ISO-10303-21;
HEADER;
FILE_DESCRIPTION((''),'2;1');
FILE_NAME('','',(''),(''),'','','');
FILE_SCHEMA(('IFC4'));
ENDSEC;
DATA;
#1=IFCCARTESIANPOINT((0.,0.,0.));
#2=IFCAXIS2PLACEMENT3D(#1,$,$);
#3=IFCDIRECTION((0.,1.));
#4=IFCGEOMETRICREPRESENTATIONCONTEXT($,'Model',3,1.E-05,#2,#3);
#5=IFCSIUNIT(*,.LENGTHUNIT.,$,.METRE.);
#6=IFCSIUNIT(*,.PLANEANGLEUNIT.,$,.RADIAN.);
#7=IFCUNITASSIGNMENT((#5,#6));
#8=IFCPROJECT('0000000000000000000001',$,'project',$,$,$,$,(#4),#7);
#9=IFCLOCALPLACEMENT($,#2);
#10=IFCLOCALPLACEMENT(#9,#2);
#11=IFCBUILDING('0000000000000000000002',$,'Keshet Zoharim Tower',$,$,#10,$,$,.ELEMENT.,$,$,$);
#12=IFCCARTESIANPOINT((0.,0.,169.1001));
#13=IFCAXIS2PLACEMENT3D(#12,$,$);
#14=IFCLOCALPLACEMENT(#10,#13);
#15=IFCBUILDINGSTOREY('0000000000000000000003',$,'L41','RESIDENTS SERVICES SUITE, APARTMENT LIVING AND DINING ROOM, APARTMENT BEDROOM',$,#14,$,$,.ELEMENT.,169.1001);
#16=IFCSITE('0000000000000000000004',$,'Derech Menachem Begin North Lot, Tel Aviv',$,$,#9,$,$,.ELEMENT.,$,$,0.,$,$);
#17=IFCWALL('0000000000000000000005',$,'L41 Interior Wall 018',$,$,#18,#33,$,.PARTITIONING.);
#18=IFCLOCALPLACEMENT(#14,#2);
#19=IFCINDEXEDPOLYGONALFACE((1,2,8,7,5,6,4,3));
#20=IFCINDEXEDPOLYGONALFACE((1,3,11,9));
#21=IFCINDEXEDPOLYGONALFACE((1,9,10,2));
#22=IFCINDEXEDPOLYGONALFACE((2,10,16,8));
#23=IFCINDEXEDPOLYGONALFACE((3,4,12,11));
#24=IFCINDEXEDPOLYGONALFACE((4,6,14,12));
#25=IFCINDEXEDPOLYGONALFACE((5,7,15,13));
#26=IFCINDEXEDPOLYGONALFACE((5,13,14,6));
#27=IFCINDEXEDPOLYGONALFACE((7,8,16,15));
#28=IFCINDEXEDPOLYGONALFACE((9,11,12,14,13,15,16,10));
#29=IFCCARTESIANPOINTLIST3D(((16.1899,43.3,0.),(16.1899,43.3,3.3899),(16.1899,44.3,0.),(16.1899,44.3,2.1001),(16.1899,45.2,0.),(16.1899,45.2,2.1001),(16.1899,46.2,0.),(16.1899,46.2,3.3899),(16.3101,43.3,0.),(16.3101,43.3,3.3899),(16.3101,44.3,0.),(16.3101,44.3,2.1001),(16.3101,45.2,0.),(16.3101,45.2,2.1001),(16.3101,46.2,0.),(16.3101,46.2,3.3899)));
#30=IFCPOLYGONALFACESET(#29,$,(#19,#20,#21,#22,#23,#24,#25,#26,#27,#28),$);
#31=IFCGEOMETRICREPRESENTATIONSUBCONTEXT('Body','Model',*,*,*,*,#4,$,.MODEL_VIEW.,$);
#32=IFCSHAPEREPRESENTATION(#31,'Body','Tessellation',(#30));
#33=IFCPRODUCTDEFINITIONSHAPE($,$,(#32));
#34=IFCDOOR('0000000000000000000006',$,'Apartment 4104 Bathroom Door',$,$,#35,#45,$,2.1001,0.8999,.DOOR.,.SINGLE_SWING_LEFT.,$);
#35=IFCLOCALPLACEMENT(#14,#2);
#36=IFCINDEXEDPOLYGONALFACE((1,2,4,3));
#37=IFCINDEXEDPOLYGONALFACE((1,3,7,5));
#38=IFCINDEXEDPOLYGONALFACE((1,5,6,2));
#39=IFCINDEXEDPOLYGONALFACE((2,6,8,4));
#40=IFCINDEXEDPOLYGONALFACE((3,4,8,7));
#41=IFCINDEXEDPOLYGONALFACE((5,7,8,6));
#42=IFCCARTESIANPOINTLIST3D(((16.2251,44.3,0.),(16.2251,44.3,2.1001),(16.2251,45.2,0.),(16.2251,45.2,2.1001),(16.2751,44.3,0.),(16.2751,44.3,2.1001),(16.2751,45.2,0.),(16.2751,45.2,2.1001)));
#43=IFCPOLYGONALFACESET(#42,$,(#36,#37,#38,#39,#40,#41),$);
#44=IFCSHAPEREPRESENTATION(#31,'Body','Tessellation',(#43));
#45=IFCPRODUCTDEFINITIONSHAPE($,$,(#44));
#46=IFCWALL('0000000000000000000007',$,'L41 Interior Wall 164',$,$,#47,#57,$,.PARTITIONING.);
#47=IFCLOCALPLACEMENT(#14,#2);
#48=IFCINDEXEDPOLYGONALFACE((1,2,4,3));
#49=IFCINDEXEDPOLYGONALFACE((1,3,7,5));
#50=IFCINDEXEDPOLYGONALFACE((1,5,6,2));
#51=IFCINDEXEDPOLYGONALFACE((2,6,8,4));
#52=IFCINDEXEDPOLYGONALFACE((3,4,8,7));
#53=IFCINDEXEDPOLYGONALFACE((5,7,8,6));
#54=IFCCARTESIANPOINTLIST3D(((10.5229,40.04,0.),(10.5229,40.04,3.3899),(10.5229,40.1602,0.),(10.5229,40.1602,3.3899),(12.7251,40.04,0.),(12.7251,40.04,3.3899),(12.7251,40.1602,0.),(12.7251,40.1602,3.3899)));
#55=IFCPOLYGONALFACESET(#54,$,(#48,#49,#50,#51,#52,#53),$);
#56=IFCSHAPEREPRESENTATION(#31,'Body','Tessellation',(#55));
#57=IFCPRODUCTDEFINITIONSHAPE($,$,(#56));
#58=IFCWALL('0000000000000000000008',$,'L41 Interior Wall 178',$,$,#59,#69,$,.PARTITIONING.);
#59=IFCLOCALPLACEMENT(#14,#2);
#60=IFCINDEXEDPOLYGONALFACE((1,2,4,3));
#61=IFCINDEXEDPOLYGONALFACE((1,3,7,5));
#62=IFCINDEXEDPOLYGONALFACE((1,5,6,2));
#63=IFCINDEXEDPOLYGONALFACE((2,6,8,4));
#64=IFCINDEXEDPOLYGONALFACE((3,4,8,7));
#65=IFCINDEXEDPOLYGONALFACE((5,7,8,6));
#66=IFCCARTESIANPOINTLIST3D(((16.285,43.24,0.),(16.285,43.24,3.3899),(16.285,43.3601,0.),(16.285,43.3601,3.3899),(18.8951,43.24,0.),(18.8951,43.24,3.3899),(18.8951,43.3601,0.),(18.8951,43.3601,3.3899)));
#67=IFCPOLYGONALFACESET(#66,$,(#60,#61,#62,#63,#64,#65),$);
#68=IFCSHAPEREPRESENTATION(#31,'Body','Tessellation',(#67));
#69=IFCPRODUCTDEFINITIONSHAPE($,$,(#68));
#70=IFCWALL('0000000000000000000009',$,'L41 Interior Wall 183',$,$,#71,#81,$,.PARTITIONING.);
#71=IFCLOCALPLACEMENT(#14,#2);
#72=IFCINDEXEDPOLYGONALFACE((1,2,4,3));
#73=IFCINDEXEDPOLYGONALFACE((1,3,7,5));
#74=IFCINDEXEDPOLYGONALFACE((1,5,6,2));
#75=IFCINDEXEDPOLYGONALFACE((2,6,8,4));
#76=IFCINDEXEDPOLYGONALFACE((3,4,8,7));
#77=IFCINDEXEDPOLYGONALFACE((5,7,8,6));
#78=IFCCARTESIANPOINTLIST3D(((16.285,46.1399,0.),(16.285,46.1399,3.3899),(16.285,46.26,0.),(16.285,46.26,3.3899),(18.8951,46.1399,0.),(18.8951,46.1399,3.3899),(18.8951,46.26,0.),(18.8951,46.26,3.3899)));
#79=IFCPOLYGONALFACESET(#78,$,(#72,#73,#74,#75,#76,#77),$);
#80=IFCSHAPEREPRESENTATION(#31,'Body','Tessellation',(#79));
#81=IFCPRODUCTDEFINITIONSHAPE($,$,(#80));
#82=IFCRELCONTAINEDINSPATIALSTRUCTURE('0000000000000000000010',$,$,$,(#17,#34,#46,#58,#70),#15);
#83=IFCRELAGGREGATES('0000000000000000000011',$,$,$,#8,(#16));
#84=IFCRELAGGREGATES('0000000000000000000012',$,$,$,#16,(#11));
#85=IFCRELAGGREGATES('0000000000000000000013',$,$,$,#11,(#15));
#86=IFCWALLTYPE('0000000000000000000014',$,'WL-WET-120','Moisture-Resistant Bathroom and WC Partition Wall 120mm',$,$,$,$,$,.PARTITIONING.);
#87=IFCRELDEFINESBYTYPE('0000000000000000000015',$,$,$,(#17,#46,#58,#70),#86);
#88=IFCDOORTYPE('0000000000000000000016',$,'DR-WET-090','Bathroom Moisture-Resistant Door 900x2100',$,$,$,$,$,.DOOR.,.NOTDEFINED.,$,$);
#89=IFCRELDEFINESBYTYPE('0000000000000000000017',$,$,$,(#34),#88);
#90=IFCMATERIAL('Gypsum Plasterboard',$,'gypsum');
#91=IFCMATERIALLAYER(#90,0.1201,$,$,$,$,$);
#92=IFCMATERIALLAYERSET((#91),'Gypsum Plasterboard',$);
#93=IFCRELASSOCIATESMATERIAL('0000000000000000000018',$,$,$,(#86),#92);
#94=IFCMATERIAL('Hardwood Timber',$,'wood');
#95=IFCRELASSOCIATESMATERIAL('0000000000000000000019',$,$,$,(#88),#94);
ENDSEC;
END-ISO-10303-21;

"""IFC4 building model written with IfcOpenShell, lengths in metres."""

from ifc_helpers import new_model, si_unit, direction, frame, frame_2d, origin, place, context, subcontext, project, spatial, rectangle, extrude, material, layer, layer_set, type_object, element, fill, save


model = new_model("IFC4")

# Units and contexts
model_context = context("Model", 3, precision=1e-05, world=origin(), true_north=direction((0.0, 1.0)))
body_context = subcontext(model_context, "Body", "Model", "MODEL_VIEW")
ifc_project = project(units=[si_unit("LENGTHUNIT", "METRE"), si_unit("PLANEANGLEUNIT", "RADIAN")], contexts=[model_context])

# Site, building, storey
site_placement = place(None, origin())
site = spatial("IfcSite", under=ifc_project, at=site_placement, Name="Derech Menachem Begin North Lot, Tel Aviv", CompositionType="ELEMENT", RefElevation=0.0)
building_placement = place(site_placement, origin())
building = spatial("IfcBuilding", under=site, at=building_placement, Name="Keshet Zoharim Tower", CompositionType="ELEMENT")
storey_placement = place(building_placement, frame((0.0, 0.0, 169.1001)))
storey = spatial("IfcBuildingStorey", under=building, at=storey_placement, Name="L41", Description="RESIDENTS SERVICES SUITE, APARTMENT LIVING AND DINING ROOM, APARTMENT BEDROOM", CompositionType="ELEMENT", Elevation=169.1001)

# Shared definitions
ifc_material_1 = material(Name="Gypsum Plasterboard", Category="gypsum")
ifc_material_2 = material(Name="Hardwood Timber", Category="wood")

# Wall, opening, door
ifc_layer_1 = layer(ifc_material_1, 0.1201)
ifc_layer_set_1 = layer_set([ifc_layer_1], Name="Gypsum Plasterboard")
wall_type_1 = type_object("IfcWallType", Name="WL-WET-120", Description="Moisture-Resistant Bathroom and WC Partition Wall 120mm", PredefinedType="PARTITIONING", material=ifc_layer_set_1)
wall_1_placement = place(storey_placement, frame((16.25, 43.3, 0.0), z_axis=(0.0, 0.0, 1.0), x_axis=(0.0, 1.0, 0.0)))
wall_1 = element("IfcWall", 1, at=wall_1_placement, inside=storey, type_object=wall_type_1, Name="L41 Interior Wall 018", PredefinedType="PARTITIONING", context=body_context, shape_type="SweptSolid", body=[
    extrude(rectangle(XDim=2.8999, YDim=0.1201, at=frame_2d((1.45, 0.0))), origin(), (0.0, 0.0, 1.0), 3.3899),
])
opening_1_placement = place(wall_1_placement, frame((1.0, 0.0, 0.0)))
opening_1 = element("IfcOpeningElement", 2, at=opening_1_placement, cuts=wall_1, PredefinedType="OPENING", context=body_context, shape_type="SweptSolid", body=[
    extrude(rectangle(XDim=0.8999, YDim=2.1001, at=frame_2d((0.45, 1.05))), frame((0.0, 0.0701, 0.0), z_axis=(0.0, -1.0, 0.0), x_axis=(1.0, 0.0, 0.0)), (0.0, 0.0, 1.0), 0.1401),
])
door_type_1 = type_object("IfcDoorType", Name="DR-WET-090", Description="Bathroom Moisture-Resistant Door 900x2100", OperationType="NOTDEFINED", PredefinedType="DOOR", material=ifc_material_2)
door_1_placement = place(opening_1_placement, origin())
door_1 = element("IfcDoor", 3, at=door_1_placement, inside=storey, type_object=door_type_1, Name="Apartment 4104 Bathroom Door", OperationType="SINGLE_SWING_LEFT", OverallHeight=2.1001, OverallWidth=0.8999, PredefinedType="DOOR", context=body_context, shape_type="SweptSolid", body=[
    extrude(rectangle(XDim=0.8999, YDim=2.1001, at=frame_2d((0.45, 1.05))), frame((0.0, 0.0249, 0.0), z_axis=(0.0, -1.0, 0.0), x_axis=(1.0, 0.0, 0.0)), (0.0, 0.0, 1.0), 0.05),
])
fill(opening_1, door_1)

# Walls
wall_2_placement = place(storey_placement, frame((10.5229, 40.1001, 0.0), z_axis=(0.0, 0.0, 1.0), x_axis=(1.0, 0.0, 0.0)))
element("IfcWall", 4, at=wall_2_placement, inside=storey, type_object=wall_type_1, Name="L41 Interior Wall 164", PredefinedType="PARTITIONING", context=body_context, shape_type="SweptSolid", body=[
    extrude(rectangle(XDim=2.2021, YDim=0.1201, at=frame_2d((1.1011, 0.0))), origin(), (0.0, 0.0, 1.0), 3.3899),
])
for number, where, z_axis, x_axis, name in (
    (5, (16.2849, 43.3, 0.0), (0.0, 0.0, 1.0), (1.0, 0.0, 0.0), "L41 Interior Wall 178"),
    (6, (16.2849, 46.2, 0.0), (0.0, 0.0, 1.0), (1.0, 0.0, 0.0), "L41 Interior Wall 183"),
):
    element("IfcWall", number, at=place(storey_placement, frame(where, z_axis=z_axis, x_axis=x_axis)), inside=storey, type_object=wall_type_1, Name=name, PredefinedType="PARTITIONING", context=body_context, shape_type="SweptSolid", body=[
        extrude(rectangle(XDim=2.6101, YDim=0.1201, at=frame_2d((1.3052, 0.0))), origin(), (0.0, 0.0, 1.0), 3.3899),
    ])

save(model, "model.ifc")
